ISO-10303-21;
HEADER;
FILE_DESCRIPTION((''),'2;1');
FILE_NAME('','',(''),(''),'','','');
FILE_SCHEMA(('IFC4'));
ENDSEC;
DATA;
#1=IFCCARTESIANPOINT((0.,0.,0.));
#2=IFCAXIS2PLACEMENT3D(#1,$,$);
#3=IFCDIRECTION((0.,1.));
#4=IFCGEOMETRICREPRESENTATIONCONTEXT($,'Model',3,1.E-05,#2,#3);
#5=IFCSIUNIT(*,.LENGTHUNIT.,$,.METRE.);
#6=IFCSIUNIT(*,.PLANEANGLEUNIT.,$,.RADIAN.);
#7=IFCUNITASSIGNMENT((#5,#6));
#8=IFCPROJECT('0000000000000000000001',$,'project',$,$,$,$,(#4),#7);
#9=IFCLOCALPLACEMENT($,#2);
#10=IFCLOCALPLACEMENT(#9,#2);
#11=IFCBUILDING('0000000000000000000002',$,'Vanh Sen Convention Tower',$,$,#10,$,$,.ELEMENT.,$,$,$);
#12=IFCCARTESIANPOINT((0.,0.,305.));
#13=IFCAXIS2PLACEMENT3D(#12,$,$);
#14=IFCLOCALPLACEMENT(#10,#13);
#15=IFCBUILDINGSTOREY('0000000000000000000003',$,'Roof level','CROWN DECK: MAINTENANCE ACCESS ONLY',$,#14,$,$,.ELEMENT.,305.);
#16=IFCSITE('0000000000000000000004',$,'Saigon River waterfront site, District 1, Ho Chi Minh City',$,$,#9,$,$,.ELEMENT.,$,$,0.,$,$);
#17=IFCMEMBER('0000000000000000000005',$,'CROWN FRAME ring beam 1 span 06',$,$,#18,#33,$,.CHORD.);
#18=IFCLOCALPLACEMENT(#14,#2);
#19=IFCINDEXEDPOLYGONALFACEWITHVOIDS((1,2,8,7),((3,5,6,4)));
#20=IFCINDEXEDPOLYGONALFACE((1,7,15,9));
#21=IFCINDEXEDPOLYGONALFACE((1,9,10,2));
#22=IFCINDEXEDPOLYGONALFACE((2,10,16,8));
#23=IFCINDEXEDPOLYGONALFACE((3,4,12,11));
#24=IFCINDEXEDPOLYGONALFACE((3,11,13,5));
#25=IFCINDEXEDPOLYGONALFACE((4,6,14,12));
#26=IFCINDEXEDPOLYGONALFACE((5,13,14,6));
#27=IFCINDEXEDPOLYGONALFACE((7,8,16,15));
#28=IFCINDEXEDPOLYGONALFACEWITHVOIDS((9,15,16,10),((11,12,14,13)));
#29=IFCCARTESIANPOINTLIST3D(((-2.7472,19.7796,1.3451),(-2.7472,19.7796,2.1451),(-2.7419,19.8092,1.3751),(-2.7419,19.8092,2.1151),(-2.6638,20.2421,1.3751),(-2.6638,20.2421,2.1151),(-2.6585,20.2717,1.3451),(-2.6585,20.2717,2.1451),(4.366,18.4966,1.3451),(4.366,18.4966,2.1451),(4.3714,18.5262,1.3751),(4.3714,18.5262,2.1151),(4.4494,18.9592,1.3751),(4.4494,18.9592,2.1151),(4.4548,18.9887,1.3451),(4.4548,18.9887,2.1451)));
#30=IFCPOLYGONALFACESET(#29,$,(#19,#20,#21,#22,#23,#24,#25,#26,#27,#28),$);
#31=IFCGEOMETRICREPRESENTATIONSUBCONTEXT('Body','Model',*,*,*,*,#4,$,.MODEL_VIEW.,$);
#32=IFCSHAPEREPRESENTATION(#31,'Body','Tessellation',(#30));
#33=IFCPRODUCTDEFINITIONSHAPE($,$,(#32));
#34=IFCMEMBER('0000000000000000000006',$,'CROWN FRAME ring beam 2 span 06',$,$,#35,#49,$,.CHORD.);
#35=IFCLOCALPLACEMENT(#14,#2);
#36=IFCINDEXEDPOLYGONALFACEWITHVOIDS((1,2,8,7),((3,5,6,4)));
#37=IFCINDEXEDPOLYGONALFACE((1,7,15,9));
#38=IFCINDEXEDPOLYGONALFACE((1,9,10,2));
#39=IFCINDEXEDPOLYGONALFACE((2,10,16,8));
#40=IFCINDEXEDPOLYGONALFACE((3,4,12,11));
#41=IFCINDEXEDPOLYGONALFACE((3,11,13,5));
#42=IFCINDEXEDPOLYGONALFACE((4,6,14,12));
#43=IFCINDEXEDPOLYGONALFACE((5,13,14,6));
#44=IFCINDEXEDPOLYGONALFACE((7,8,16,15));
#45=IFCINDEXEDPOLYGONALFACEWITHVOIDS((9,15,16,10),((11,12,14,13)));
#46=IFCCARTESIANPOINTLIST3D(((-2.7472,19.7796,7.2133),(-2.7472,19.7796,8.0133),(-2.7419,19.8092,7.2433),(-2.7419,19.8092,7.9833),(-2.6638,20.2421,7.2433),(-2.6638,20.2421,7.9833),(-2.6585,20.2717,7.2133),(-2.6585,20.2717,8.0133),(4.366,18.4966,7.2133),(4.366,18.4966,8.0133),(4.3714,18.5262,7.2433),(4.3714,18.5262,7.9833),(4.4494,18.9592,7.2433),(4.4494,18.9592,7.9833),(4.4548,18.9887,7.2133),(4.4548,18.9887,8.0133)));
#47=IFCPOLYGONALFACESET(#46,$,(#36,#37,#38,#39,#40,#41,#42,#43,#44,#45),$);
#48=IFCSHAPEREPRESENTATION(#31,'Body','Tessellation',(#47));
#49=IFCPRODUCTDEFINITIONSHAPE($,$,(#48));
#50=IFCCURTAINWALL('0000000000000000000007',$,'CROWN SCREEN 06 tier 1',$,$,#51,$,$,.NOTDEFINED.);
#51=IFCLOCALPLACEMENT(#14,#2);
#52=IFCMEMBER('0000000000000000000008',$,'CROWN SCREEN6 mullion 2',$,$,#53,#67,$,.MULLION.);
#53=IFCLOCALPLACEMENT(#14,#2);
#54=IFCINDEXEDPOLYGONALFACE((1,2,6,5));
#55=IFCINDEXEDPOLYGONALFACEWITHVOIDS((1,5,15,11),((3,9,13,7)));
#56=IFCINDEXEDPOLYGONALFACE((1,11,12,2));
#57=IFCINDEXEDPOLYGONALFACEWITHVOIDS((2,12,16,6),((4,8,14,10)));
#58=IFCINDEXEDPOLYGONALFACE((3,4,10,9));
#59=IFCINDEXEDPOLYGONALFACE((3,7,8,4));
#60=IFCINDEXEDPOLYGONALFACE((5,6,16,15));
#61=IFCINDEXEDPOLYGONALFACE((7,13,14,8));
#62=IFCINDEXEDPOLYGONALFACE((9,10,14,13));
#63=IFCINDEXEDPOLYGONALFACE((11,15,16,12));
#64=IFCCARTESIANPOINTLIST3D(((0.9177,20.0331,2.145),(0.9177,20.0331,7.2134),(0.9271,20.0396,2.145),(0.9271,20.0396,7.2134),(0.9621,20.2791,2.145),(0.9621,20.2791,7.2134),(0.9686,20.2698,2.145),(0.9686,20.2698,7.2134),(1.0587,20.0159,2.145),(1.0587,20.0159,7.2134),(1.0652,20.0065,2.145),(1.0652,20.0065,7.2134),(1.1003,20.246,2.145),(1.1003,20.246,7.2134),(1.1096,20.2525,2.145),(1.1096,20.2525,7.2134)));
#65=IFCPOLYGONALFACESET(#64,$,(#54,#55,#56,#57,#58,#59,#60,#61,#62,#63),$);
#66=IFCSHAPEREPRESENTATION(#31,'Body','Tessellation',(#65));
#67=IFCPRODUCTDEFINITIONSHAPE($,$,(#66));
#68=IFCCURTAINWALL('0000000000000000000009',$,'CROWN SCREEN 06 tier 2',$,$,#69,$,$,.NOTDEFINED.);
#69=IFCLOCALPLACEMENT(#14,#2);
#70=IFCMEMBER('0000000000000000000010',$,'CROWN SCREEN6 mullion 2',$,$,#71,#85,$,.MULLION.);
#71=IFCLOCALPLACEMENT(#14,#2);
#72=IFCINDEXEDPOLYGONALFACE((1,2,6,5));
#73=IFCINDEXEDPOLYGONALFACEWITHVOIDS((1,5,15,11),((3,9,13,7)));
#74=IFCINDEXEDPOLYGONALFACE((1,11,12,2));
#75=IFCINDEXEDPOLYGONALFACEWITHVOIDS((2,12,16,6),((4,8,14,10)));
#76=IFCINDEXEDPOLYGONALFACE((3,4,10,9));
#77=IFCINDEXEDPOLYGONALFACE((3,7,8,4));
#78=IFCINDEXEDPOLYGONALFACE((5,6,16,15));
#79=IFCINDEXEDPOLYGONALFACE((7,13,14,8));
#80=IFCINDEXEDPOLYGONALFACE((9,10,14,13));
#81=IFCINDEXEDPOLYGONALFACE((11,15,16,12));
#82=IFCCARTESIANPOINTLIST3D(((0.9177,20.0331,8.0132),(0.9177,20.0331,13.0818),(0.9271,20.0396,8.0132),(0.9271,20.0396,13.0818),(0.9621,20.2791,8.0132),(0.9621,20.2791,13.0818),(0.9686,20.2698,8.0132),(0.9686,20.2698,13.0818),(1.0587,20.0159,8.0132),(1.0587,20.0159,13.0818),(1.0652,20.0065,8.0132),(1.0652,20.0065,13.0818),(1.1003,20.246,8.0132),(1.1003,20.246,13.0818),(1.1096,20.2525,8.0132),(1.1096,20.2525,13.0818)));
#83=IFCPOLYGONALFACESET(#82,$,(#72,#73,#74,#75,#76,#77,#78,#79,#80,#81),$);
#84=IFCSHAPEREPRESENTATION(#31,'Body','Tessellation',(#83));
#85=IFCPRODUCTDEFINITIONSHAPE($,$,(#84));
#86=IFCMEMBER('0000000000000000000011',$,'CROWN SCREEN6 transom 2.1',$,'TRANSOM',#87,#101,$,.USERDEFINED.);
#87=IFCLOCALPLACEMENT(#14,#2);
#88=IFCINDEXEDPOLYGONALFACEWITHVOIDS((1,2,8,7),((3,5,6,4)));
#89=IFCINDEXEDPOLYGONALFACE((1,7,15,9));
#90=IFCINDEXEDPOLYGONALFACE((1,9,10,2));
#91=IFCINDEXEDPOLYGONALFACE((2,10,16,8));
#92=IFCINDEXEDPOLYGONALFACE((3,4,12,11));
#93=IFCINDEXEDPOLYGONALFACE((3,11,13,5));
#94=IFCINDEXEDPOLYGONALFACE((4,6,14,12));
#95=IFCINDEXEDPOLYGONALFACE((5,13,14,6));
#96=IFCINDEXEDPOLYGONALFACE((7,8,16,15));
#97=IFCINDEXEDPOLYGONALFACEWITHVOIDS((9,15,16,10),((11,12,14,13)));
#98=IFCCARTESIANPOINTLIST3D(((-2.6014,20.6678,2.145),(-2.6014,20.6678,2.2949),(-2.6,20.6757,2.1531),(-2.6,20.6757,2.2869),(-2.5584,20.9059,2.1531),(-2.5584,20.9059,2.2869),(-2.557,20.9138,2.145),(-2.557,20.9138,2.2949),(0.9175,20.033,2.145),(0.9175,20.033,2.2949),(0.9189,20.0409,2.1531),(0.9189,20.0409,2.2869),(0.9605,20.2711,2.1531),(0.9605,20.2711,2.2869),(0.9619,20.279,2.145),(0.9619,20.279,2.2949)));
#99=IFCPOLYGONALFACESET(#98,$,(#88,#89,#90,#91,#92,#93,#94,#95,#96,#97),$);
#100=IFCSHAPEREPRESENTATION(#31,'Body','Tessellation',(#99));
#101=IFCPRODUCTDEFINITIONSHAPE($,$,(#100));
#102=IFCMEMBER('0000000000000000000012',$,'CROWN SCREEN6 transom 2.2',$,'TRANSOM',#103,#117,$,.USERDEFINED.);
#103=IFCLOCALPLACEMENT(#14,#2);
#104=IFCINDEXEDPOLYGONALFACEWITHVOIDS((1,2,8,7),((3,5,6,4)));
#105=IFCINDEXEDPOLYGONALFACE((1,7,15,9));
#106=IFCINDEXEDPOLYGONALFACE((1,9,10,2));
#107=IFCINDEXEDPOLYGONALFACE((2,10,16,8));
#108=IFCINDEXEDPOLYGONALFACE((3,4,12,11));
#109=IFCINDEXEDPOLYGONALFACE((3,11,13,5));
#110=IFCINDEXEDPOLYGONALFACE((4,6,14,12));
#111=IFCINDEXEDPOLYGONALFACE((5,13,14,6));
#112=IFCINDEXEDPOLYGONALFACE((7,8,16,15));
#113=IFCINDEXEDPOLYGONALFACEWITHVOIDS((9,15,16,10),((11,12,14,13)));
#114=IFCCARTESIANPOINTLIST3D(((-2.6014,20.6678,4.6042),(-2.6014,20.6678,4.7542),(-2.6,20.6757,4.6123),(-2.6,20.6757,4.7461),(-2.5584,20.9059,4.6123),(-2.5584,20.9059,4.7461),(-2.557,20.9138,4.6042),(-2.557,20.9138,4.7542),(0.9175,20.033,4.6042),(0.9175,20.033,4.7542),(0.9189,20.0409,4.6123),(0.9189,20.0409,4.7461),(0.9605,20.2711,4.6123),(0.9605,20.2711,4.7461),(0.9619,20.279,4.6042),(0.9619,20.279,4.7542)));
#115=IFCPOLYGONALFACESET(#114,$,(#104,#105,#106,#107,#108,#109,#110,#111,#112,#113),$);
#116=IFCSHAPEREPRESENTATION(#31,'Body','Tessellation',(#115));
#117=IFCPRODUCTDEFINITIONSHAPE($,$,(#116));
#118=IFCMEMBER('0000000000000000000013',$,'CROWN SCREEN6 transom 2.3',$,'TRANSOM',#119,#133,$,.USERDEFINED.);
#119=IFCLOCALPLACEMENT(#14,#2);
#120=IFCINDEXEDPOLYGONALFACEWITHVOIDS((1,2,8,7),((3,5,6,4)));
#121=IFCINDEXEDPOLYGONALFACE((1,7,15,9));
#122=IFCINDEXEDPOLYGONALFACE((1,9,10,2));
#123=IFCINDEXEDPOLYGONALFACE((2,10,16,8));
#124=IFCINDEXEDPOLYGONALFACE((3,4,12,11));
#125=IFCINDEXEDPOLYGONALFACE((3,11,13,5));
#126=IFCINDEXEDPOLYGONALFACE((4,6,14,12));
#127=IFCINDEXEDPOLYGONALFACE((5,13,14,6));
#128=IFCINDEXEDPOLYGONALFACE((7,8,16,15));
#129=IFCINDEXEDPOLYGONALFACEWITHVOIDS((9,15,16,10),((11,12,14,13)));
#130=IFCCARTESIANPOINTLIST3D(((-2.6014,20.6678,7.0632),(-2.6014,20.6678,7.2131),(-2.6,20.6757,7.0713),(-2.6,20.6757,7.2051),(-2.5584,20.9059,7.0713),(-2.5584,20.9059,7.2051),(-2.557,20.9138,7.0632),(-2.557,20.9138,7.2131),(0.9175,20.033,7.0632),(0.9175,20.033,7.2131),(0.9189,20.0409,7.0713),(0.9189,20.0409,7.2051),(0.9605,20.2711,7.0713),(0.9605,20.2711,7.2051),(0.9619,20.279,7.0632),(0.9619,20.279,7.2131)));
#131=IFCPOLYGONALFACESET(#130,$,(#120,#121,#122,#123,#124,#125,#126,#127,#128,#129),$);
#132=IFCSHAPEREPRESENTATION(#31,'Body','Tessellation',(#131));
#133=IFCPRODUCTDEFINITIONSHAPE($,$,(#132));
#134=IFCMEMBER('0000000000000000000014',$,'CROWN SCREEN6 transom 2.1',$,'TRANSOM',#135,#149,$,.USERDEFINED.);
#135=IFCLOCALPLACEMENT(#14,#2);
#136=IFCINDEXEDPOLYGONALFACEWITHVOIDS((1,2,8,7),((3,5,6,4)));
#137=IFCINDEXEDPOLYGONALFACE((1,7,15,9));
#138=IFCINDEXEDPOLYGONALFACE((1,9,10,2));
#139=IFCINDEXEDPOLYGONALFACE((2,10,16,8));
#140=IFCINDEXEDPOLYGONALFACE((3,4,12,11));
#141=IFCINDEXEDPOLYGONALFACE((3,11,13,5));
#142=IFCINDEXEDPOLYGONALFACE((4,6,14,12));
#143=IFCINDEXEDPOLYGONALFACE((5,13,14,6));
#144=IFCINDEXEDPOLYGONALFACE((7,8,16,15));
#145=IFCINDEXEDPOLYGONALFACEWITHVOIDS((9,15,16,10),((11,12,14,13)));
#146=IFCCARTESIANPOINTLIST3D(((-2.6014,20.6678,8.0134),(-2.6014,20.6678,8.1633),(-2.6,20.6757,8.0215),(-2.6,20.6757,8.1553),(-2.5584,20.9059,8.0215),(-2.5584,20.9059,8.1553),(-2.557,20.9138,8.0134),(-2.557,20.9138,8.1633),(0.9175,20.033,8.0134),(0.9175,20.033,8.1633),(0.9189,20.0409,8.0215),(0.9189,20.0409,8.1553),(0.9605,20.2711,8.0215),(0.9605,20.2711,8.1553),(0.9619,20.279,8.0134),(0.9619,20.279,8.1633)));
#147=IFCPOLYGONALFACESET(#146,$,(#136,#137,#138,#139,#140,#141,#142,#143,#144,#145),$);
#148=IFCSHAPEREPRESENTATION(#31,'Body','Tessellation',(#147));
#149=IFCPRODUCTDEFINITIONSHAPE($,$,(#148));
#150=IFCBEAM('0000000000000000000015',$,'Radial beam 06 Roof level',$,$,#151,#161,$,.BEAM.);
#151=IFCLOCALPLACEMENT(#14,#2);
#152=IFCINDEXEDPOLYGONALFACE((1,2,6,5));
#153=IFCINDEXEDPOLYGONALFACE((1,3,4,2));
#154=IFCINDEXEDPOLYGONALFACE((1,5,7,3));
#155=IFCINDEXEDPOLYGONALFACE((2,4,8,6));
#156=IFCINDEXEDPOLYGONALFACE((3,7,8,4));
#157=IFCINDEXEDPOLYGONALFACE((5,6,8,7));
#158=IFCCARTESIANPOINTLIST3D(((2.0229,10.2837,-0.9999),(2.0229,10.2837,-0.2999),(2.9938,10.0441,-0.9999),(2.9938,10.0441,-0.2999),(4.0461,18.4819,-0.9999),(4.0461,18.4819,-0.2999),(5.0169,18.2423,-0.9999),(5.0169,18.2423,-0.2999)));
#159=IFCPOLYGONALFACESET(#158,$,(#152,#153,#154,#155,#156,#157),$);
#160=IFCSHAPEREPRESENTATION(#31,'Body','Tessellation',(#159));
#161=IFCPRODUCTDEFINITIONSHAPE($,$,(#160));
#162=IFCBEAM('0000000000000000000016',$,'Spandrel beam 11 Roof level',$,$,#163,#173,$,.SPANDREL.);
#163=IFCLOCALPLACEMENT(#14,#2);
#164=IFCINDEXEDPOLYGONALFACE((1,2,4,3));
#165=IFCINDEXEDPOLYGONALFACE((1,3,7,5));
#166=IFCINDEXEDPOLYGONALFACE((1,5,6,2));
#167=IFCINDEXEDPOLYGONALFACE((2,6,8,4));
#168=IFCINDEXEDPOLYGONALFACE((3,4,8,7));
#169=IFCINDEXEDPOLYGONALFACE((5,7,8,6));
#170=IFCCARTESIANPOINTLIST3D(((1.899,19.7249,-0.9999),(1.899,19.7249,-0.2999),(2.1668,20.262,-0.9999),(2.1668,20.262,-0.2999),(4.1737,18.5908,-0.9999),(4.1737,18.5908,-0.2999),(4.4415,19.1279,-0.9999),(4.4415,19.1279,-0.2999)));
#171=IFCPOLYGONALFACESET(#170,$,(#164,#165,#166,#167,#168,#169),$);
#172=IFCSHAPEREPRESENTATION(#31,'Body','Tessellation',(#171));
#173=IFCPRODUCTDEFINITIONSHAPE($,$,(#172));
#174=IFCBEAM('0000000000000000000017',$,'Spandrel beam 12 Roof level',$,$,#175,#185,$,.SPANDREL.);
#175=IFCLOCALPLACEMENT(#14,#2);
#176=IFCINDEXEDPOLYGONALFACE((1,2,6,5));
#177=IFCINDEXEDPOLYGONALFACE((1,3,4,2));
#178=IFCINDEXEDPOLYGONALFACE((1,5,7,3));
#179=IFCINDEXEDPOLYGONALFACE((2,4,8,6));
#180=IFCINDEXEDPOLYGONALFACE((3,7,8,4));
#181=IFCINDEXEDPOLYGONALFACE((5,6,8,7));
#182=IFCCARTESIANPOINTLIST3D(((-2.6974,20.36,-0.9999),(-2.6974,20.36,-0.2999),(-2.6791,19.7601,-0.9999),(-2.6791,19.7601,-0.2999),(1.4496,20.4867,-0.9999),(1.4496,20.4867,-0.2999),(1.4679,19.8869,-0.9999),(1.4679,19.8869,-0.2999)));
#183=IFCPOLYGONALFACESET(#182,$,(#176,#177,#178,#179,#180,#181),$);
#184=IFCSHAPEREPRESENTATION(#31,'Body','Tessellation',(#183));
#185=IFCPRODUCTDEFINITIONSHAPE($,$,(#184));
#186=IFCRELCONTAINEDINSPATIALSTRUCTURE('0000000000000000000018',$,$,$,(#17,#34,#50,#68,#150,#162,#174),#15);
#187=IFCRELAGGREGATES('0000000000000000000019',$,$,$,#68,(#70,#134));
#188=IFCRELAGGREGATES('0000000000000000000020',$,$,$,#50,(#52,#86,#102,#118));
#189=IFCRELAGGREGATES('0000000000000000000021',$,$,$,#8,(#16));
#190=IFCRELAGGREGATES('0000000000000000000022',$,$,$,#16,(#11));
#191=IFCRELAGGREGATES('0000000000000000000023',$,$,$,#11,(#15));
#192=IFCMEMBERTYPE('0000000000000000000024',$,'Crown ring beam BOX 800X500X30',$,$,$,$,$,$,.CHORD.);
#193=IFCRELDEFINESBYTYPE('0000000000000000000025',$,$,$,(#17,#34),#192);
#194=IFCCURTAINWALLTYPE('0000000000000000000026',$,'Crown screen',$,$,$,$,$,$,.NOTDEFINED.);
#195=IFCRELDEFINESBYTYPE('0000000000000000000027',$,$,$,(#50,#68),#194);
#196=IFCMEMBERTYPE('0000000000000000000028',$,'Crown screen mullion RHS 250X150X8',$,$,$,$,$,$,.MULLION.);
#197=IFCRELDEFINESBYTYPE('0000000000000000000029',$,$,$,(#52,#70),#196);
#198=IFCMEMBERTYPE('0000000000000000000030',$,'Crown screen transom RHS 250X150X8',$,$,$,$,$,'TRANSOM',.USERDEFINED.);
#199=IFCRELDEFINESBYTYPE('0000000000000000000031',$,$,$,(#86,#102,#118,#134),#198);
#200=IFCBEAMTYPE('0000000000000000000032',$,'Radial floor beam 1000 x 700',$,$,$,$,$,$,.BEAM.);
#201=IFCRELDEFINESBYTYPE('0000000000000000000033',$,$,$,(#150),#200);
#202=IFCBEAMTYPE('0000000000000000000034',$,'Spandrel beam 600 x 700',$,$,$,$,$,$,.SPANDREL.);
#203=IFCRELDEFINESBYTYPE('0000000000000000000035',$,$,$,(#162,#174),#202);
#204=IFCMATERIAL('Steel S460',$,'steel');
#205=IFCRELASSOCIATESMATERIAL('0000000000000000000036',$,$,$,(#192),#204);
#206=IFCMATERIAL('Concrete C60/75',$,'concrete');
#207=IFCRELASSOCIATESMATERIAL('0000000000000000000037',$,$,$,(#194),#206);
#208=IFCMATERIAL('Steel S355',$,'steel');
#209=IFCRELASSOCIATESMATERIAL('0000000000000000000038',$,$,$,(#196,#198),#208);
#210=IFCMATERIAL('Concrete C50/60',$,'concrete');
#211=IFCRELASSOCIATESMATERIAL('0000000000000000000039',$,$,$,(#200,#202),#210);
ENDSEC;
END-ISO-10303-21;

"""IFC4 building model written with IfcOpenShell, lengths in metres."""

from ifc_helpers import new_model, si_unit, direction, frame, origin, origin_2d, place, context, subcontext, project, spatial, rectangle, hollow_rectangle, extrude, material, material_profile, profile_set, type_object, element, aggregate, save


model = new_model("IFC4")

# Units and contexts
model_context = context("Model", 3, precision=1e-05, world=origin(), true_north=direction((0.0, 1.0)))
body_context = subcontext(model_context, "Body", "Model", "MODEL_VIEW")
ifc_project = project(units=[si_unit("LENGTHUNIT", "METRE"), si_unit("PLANEANGLEUNIT", "RADIAN")], contexts=[model_context])

# Site, building, storey
site_placement = place(None, origin())
site = spatial("IfcSite", under=ifc_project, at=site_placement, Name="Saigon River waterfront site, District 1, Ho Chi Minh City", CompositionType="ELEMENT", RefElevation=0.0)
building_placement = place(site_placement, origin())
building = spatial("IfcBuilding", under=site, at=building_placement, Name="Vanh Sen Convention Tower", CompositionType="ELEMENT")
storey_placement = place(building_placement, frame((0.0, 0.0, 305.0)))
storey = spatial("IfcBuildingStorey", under=building, at=storey_placement, Name="Roof level", Description="CROWN DECK: MAINTENANCE ACCESS ONLY", CompositionType="ELEMENT", Elevation=305.0)

# Members
ifc_material_1 = material(Name="Steel S460", Category="steel")
ifc_material_profile_1 = material_profile(ifc_material_1, hollow_rectangle(XDim=0.5, YDim=0.8, WallThickness=0.03, at=origin_2d()), Name="BOX 800X500X30")
ifc_profile_set_1 = profile_set([ifc_material_profile_1], Name="Steel S460")
member_type_1 = type_object("IfcMemberType", Name="Crown ring beam BOX 800X500X30", PredefinedType="CHORD", material=ifc_profile_set_1)
for number, where, z_axis, x_axis, name in (
    (1, (4.4104, 18.7427, 1.7451), (-0.984121, 0.177497, 0.0), (-0.177497, -0.984121, 0.0), "CROWN FRAME ring beam 1 span 06"),
    (2, (4.4104, 18.7427, 7.6133), (-0.984121, 0.177497, 0.0), (-0.177497, -0.984121, 0.0), "CROWN FRAME ring beam 2 span 06"),
):
    element("IfcMember", number, at=place(storey_placement, frame(where, z_axis=z_axis, x_axis=x_axis)), inside=storey, type_object=member_type_1, Name=name, PredefinedType="CHORD", context=body_context, shape_type="SweptSolid", body=[
        extrude(hollow_rectangle(XDim=0.5, YDim=0.8, WallThickness=0.03, at=origin_2d()), origin(), (0.0, 0.0, 1.0), 7.228),
    ])

# Curtain walls, members
ifc_material_2 = material(Name="Concrete C60/75", Category="concrete")
curtain_wall_type = type_object("IfcCurtainWallType", Name="Crown screen", PredefinedType="NOTDEFINED", material=ifc_material_2)
curtain_wall_1_placement = place(storey_placement, origin())
curtain_wall_1 = element("IfcCurtainWall", 3, at=curtain_wall_1_placement, inside=storey, type_object=curtain_wall_type, Name="CROWN SCREEN 06 tier 1", PredefinedType="NOTDEFINED")
ifc_material_3 = material(Name="Steel S355", Category="steel")
ifc_material_profile_2 = material_profile(ifc_material_3, hollow_rectangle(XDim=0.25, YDim=0.1499, WallThickness=0.0081, at=origin_2d()), Name="RHS 250X150X8")
ifc_profile_set_2 = profile_set([ifc_material_profile_2], Name="Steel S355")
member_type_2 = type_object("IfcMemberType", Name="Crown screen mullion RHS 250X150X8", PredefinedType="MULLION", material=ifc_profile_set_2)
member_1_placement = place(storey_placement, frame((1.0137, 20.1428, 2.145), z_axis=(0.0, 0.0, 1.0), x_axis=(-0.177496, -0.984122, 0.0)))
member_1 = element("IfcMember", 4, at=member_1_placement, type_object=member_type_2, Name="CROWN SCREEN6 mullion 2", PredefinedType="MULLION", context=body_context, shape_type="SweptSolid", body=[
    extrude(hollow_rectangle(XDim=0.25, YDim=0.1499, WallThickness=0.0081, at=origin_2d()), origin(), (0.0, 0.0, 1.0), 5.0684),
])
curtain_wall_2_placement = place(storey_placement, origin())
curtain_wall_2 = element("IfcCurtainWall", 5, at=curtain_wall_2_placement, inside=storey, type_object=curtain_wall_type, Name="CROWN SCREEN 06 tier 2", PredefinedType="NOTDEFINED")
member_2_placement = place(storey_placement, frame((1.0137, 20.1428, 8.0132), z_axis=(0.0, 0.0, 1.0), x_axis=(-0.177496, -0.984122, 0.0)))
member_2 = element("IfcMember", 6, at=member_2_placement, type_object=member_type_2, Name="CROWN SCREEN6 mullion 2", PredefinedType="MULLION", context=body_context, shape_type="SweptSolid", body=[
    extrude(hollow_rectangle(XDim=0.25, YDim=0.1499, WallThickness=0.0081, at=origin_2d()), origin(), (0.0, 0.0, 1.0), 5.0686),
])

# Members
ifc_material_profile_3 = material_profile(ifc_material_3, hollow_rectangle(XDim=0.25, YDim=0.1499, WallThickness=0.0081, at=origin_2d()), Name="RHS 250X150X8")
ifc_profile_set_3 = profile_set([ifc_material_profile_3], Name="Steel S355")
member_type_3 = type_object("IfcMemberType", Name="Crown screen transom RHS 250X150X8", ElementType="TRANSOM", PredefinedType="USERDEFINED", material=ifc_profile_set_3)
member_3_placement = place(storey_placement, frame((0.9397, 20.156, 2.22), z_axis=(-0.984116, 0.177527, 0.0), x_axis=(-0.177527, -0.984116, 0.0)))
member_3 = element("IfcMember", 7, at=member_3_placement, type_object=member_type_3, Name="CROWN SCREEN6 transom 2.1", ObjectType="TRANSOM", PredefinedType="USERDEFINED", context=body_context, shape_type="SweptSolid", body=[
    extrude(hollow_rectangle(XDim=0.25, YDim=0.1499, WallThickness=0.0081, at=origin_2d()), origin(), (0.0, 0.0, 1.0), 3.5757),
])
member_4_placement = place(storey_placement, frame((0.9397, 20.156, 4.6792), z_axis=(-0.984116, 0.177527, 0.0), x_axis=(-0.177527, -0.984116, 0.0)))
member_4 = element("IfcMember", 8, at=member_4_placement, type_object=member_type_3, Name="CROWN SCREEN6 transom 2.2", ObjectType="TRANSOM", PredefinedType="USERDEFINED", context=body_context, shape_type="SweptSolid", body=[
    extrude(hollow_rectangle(XDim=0.25, YDim=0.1499, WallThickness=0.0081, at=origin_2d()), origin(), (0.0, 0.0, 1.0), 3.5757),
])
member_5_placement = place(storey_placement, frame((0.9397, 20.156, 7.1382), z_axis=(-0.984116, 0.177527, 0.0), x_axis=(-0.177527, -0.984116, 0.0)))
member_5 = element("IfcMember", 9, at=member_5_placement, type_object=member_type_3, Name="CROWN SCREEN6 transom 2.3", ObjectType="TRANSOM", PredefinedType="USERDEFINED", context=body_context, shape_type="SweptSolid", body=[
    extrude(hollow_rectangle(XDim=0.25, YDim=0.1499, WallThickness=0.0081, at=origin_2d()), origin(), (0.0, 0.0, 1.0), 3.5757),
])
member_6_placement = place(storey_placement, frame((0.9397, 20.156, 8.0884), z_axis=(-0.984116, 0.177527, 0.0), x_axis=(-0.177527, -0.984116, 0.0)))
member_6 = element("IfcMember", 10, at=member_6_placement, type_object=member_type_3, Name="CROWN SCREEN6 transom 2.1", ObjectType="TRANSOM", PredefinedType="USERDEFINED", context=body_context, shape_type="SweptSolid", body=[
    extrude(hollow_rectangle(XDim=0.25, YDim=0.1499, WallThickness=0.0081, at=origin_2d()), origin(), (0.0, 0.0, 1.0), 3.5757),
])
aggregate(curtain_wall_2, [member_2, member_6])

# Beams
ifc_material_4 = material(Name="Concrete C50/60", Category="concrete")
ifc_material_profile_4 = material_profile(ifc_material_4, rectangle(XDim=1.0, YDim=0.7, at=origin_2d()), Name="RC 1000X700")
ifc_profile_set_4 = profile_set([ifc_material_profile_4], Name="Concrete C50/60")
beam_type_1 = type_object("IfcBeamType", Name="Radial floor beam 1000 x 700", PredefinedType="BEAM", material=ifc_profile_set_4)
beam_1_placement = place(storey_placement, frame((4.5315, 18.3621, -0.6499), z_axis=(-0.239596, -0.970873, 0.0), x_axis=(0.970873, -0.239596, 0.0)))
element("IfcBeam", 11, at=beam_1_placement, inside=storey, type_object=beam_type_1, Name="Radial beam 06 Roof level", PredefinedType="BEAM", context=body_context, shape_type="SweptSolid", body=[
    extrude(rectangle(XDim=1.0, YDim=0.7, at=origin_2d()), origin(), (0.0, 0.0, 1.0), 8.4441),
])
ifc_material_profile_5 = material_profile(ifc_material_4, rectangle(XDim=0.6001, YDim=0.7, at=origin_2d()), Name="RC 600X700")
ifc_profile_set_5 = profile_set([ifc_material_profile_5], Name="Concrete C50/60")
beam_type_2 = type_object("IfcBeamType", Name="Spandrel beam 600 x 700", PredefinedType="SPANDREL", material=ifc_profile_set_5)
beam_2_placement = place(storey_placement, frame((4.3076, 18.8594, -0.6499), z_axis=(-0.894945, 0.446176, 0.0), x_axis=(-0.446176, -0.894945, 0.0)))
element("IfcBeam", 12, at=beam_2_placement, inside=storey, type_object=beam_type_2, Name="Spandrel beam 11 Roof level", PredefinedType="SPANDREL", context=body_context, shape_type="SweptSolid", body=[
    extrude(rectangle(XDim=0.6001, YDim=0.7, at=origin_2d()), origin(), (0.0, 0.0, 1.0), 2.5417),
])
beam_3_placement = place(storey_placement, frame((1.4587, 20.1868, -0.6499), z_axis=(-0.999534, -0.03054, 0.0), x_axis=(0.03054, -0.999534, 0.0)))
element("IfcBeam", 13, at=beam_3_placement, inside=storey, type_object=beam_type_2, Name="Spandrel beam 12 Roof level", PredefinedType="SPANDREL", context=body_context, shape_type="SweptSolid", body=[
    extrude(rectangle(XDim=0.6001, YDim=0.7, at=origin_2d()), origin(), (0.0, 0.0, 1.0), 4.1489),
])

aggregate(curtain_wall_1, [member_1, member_3, member_4, member_5])

save(model, "model.ifc")
